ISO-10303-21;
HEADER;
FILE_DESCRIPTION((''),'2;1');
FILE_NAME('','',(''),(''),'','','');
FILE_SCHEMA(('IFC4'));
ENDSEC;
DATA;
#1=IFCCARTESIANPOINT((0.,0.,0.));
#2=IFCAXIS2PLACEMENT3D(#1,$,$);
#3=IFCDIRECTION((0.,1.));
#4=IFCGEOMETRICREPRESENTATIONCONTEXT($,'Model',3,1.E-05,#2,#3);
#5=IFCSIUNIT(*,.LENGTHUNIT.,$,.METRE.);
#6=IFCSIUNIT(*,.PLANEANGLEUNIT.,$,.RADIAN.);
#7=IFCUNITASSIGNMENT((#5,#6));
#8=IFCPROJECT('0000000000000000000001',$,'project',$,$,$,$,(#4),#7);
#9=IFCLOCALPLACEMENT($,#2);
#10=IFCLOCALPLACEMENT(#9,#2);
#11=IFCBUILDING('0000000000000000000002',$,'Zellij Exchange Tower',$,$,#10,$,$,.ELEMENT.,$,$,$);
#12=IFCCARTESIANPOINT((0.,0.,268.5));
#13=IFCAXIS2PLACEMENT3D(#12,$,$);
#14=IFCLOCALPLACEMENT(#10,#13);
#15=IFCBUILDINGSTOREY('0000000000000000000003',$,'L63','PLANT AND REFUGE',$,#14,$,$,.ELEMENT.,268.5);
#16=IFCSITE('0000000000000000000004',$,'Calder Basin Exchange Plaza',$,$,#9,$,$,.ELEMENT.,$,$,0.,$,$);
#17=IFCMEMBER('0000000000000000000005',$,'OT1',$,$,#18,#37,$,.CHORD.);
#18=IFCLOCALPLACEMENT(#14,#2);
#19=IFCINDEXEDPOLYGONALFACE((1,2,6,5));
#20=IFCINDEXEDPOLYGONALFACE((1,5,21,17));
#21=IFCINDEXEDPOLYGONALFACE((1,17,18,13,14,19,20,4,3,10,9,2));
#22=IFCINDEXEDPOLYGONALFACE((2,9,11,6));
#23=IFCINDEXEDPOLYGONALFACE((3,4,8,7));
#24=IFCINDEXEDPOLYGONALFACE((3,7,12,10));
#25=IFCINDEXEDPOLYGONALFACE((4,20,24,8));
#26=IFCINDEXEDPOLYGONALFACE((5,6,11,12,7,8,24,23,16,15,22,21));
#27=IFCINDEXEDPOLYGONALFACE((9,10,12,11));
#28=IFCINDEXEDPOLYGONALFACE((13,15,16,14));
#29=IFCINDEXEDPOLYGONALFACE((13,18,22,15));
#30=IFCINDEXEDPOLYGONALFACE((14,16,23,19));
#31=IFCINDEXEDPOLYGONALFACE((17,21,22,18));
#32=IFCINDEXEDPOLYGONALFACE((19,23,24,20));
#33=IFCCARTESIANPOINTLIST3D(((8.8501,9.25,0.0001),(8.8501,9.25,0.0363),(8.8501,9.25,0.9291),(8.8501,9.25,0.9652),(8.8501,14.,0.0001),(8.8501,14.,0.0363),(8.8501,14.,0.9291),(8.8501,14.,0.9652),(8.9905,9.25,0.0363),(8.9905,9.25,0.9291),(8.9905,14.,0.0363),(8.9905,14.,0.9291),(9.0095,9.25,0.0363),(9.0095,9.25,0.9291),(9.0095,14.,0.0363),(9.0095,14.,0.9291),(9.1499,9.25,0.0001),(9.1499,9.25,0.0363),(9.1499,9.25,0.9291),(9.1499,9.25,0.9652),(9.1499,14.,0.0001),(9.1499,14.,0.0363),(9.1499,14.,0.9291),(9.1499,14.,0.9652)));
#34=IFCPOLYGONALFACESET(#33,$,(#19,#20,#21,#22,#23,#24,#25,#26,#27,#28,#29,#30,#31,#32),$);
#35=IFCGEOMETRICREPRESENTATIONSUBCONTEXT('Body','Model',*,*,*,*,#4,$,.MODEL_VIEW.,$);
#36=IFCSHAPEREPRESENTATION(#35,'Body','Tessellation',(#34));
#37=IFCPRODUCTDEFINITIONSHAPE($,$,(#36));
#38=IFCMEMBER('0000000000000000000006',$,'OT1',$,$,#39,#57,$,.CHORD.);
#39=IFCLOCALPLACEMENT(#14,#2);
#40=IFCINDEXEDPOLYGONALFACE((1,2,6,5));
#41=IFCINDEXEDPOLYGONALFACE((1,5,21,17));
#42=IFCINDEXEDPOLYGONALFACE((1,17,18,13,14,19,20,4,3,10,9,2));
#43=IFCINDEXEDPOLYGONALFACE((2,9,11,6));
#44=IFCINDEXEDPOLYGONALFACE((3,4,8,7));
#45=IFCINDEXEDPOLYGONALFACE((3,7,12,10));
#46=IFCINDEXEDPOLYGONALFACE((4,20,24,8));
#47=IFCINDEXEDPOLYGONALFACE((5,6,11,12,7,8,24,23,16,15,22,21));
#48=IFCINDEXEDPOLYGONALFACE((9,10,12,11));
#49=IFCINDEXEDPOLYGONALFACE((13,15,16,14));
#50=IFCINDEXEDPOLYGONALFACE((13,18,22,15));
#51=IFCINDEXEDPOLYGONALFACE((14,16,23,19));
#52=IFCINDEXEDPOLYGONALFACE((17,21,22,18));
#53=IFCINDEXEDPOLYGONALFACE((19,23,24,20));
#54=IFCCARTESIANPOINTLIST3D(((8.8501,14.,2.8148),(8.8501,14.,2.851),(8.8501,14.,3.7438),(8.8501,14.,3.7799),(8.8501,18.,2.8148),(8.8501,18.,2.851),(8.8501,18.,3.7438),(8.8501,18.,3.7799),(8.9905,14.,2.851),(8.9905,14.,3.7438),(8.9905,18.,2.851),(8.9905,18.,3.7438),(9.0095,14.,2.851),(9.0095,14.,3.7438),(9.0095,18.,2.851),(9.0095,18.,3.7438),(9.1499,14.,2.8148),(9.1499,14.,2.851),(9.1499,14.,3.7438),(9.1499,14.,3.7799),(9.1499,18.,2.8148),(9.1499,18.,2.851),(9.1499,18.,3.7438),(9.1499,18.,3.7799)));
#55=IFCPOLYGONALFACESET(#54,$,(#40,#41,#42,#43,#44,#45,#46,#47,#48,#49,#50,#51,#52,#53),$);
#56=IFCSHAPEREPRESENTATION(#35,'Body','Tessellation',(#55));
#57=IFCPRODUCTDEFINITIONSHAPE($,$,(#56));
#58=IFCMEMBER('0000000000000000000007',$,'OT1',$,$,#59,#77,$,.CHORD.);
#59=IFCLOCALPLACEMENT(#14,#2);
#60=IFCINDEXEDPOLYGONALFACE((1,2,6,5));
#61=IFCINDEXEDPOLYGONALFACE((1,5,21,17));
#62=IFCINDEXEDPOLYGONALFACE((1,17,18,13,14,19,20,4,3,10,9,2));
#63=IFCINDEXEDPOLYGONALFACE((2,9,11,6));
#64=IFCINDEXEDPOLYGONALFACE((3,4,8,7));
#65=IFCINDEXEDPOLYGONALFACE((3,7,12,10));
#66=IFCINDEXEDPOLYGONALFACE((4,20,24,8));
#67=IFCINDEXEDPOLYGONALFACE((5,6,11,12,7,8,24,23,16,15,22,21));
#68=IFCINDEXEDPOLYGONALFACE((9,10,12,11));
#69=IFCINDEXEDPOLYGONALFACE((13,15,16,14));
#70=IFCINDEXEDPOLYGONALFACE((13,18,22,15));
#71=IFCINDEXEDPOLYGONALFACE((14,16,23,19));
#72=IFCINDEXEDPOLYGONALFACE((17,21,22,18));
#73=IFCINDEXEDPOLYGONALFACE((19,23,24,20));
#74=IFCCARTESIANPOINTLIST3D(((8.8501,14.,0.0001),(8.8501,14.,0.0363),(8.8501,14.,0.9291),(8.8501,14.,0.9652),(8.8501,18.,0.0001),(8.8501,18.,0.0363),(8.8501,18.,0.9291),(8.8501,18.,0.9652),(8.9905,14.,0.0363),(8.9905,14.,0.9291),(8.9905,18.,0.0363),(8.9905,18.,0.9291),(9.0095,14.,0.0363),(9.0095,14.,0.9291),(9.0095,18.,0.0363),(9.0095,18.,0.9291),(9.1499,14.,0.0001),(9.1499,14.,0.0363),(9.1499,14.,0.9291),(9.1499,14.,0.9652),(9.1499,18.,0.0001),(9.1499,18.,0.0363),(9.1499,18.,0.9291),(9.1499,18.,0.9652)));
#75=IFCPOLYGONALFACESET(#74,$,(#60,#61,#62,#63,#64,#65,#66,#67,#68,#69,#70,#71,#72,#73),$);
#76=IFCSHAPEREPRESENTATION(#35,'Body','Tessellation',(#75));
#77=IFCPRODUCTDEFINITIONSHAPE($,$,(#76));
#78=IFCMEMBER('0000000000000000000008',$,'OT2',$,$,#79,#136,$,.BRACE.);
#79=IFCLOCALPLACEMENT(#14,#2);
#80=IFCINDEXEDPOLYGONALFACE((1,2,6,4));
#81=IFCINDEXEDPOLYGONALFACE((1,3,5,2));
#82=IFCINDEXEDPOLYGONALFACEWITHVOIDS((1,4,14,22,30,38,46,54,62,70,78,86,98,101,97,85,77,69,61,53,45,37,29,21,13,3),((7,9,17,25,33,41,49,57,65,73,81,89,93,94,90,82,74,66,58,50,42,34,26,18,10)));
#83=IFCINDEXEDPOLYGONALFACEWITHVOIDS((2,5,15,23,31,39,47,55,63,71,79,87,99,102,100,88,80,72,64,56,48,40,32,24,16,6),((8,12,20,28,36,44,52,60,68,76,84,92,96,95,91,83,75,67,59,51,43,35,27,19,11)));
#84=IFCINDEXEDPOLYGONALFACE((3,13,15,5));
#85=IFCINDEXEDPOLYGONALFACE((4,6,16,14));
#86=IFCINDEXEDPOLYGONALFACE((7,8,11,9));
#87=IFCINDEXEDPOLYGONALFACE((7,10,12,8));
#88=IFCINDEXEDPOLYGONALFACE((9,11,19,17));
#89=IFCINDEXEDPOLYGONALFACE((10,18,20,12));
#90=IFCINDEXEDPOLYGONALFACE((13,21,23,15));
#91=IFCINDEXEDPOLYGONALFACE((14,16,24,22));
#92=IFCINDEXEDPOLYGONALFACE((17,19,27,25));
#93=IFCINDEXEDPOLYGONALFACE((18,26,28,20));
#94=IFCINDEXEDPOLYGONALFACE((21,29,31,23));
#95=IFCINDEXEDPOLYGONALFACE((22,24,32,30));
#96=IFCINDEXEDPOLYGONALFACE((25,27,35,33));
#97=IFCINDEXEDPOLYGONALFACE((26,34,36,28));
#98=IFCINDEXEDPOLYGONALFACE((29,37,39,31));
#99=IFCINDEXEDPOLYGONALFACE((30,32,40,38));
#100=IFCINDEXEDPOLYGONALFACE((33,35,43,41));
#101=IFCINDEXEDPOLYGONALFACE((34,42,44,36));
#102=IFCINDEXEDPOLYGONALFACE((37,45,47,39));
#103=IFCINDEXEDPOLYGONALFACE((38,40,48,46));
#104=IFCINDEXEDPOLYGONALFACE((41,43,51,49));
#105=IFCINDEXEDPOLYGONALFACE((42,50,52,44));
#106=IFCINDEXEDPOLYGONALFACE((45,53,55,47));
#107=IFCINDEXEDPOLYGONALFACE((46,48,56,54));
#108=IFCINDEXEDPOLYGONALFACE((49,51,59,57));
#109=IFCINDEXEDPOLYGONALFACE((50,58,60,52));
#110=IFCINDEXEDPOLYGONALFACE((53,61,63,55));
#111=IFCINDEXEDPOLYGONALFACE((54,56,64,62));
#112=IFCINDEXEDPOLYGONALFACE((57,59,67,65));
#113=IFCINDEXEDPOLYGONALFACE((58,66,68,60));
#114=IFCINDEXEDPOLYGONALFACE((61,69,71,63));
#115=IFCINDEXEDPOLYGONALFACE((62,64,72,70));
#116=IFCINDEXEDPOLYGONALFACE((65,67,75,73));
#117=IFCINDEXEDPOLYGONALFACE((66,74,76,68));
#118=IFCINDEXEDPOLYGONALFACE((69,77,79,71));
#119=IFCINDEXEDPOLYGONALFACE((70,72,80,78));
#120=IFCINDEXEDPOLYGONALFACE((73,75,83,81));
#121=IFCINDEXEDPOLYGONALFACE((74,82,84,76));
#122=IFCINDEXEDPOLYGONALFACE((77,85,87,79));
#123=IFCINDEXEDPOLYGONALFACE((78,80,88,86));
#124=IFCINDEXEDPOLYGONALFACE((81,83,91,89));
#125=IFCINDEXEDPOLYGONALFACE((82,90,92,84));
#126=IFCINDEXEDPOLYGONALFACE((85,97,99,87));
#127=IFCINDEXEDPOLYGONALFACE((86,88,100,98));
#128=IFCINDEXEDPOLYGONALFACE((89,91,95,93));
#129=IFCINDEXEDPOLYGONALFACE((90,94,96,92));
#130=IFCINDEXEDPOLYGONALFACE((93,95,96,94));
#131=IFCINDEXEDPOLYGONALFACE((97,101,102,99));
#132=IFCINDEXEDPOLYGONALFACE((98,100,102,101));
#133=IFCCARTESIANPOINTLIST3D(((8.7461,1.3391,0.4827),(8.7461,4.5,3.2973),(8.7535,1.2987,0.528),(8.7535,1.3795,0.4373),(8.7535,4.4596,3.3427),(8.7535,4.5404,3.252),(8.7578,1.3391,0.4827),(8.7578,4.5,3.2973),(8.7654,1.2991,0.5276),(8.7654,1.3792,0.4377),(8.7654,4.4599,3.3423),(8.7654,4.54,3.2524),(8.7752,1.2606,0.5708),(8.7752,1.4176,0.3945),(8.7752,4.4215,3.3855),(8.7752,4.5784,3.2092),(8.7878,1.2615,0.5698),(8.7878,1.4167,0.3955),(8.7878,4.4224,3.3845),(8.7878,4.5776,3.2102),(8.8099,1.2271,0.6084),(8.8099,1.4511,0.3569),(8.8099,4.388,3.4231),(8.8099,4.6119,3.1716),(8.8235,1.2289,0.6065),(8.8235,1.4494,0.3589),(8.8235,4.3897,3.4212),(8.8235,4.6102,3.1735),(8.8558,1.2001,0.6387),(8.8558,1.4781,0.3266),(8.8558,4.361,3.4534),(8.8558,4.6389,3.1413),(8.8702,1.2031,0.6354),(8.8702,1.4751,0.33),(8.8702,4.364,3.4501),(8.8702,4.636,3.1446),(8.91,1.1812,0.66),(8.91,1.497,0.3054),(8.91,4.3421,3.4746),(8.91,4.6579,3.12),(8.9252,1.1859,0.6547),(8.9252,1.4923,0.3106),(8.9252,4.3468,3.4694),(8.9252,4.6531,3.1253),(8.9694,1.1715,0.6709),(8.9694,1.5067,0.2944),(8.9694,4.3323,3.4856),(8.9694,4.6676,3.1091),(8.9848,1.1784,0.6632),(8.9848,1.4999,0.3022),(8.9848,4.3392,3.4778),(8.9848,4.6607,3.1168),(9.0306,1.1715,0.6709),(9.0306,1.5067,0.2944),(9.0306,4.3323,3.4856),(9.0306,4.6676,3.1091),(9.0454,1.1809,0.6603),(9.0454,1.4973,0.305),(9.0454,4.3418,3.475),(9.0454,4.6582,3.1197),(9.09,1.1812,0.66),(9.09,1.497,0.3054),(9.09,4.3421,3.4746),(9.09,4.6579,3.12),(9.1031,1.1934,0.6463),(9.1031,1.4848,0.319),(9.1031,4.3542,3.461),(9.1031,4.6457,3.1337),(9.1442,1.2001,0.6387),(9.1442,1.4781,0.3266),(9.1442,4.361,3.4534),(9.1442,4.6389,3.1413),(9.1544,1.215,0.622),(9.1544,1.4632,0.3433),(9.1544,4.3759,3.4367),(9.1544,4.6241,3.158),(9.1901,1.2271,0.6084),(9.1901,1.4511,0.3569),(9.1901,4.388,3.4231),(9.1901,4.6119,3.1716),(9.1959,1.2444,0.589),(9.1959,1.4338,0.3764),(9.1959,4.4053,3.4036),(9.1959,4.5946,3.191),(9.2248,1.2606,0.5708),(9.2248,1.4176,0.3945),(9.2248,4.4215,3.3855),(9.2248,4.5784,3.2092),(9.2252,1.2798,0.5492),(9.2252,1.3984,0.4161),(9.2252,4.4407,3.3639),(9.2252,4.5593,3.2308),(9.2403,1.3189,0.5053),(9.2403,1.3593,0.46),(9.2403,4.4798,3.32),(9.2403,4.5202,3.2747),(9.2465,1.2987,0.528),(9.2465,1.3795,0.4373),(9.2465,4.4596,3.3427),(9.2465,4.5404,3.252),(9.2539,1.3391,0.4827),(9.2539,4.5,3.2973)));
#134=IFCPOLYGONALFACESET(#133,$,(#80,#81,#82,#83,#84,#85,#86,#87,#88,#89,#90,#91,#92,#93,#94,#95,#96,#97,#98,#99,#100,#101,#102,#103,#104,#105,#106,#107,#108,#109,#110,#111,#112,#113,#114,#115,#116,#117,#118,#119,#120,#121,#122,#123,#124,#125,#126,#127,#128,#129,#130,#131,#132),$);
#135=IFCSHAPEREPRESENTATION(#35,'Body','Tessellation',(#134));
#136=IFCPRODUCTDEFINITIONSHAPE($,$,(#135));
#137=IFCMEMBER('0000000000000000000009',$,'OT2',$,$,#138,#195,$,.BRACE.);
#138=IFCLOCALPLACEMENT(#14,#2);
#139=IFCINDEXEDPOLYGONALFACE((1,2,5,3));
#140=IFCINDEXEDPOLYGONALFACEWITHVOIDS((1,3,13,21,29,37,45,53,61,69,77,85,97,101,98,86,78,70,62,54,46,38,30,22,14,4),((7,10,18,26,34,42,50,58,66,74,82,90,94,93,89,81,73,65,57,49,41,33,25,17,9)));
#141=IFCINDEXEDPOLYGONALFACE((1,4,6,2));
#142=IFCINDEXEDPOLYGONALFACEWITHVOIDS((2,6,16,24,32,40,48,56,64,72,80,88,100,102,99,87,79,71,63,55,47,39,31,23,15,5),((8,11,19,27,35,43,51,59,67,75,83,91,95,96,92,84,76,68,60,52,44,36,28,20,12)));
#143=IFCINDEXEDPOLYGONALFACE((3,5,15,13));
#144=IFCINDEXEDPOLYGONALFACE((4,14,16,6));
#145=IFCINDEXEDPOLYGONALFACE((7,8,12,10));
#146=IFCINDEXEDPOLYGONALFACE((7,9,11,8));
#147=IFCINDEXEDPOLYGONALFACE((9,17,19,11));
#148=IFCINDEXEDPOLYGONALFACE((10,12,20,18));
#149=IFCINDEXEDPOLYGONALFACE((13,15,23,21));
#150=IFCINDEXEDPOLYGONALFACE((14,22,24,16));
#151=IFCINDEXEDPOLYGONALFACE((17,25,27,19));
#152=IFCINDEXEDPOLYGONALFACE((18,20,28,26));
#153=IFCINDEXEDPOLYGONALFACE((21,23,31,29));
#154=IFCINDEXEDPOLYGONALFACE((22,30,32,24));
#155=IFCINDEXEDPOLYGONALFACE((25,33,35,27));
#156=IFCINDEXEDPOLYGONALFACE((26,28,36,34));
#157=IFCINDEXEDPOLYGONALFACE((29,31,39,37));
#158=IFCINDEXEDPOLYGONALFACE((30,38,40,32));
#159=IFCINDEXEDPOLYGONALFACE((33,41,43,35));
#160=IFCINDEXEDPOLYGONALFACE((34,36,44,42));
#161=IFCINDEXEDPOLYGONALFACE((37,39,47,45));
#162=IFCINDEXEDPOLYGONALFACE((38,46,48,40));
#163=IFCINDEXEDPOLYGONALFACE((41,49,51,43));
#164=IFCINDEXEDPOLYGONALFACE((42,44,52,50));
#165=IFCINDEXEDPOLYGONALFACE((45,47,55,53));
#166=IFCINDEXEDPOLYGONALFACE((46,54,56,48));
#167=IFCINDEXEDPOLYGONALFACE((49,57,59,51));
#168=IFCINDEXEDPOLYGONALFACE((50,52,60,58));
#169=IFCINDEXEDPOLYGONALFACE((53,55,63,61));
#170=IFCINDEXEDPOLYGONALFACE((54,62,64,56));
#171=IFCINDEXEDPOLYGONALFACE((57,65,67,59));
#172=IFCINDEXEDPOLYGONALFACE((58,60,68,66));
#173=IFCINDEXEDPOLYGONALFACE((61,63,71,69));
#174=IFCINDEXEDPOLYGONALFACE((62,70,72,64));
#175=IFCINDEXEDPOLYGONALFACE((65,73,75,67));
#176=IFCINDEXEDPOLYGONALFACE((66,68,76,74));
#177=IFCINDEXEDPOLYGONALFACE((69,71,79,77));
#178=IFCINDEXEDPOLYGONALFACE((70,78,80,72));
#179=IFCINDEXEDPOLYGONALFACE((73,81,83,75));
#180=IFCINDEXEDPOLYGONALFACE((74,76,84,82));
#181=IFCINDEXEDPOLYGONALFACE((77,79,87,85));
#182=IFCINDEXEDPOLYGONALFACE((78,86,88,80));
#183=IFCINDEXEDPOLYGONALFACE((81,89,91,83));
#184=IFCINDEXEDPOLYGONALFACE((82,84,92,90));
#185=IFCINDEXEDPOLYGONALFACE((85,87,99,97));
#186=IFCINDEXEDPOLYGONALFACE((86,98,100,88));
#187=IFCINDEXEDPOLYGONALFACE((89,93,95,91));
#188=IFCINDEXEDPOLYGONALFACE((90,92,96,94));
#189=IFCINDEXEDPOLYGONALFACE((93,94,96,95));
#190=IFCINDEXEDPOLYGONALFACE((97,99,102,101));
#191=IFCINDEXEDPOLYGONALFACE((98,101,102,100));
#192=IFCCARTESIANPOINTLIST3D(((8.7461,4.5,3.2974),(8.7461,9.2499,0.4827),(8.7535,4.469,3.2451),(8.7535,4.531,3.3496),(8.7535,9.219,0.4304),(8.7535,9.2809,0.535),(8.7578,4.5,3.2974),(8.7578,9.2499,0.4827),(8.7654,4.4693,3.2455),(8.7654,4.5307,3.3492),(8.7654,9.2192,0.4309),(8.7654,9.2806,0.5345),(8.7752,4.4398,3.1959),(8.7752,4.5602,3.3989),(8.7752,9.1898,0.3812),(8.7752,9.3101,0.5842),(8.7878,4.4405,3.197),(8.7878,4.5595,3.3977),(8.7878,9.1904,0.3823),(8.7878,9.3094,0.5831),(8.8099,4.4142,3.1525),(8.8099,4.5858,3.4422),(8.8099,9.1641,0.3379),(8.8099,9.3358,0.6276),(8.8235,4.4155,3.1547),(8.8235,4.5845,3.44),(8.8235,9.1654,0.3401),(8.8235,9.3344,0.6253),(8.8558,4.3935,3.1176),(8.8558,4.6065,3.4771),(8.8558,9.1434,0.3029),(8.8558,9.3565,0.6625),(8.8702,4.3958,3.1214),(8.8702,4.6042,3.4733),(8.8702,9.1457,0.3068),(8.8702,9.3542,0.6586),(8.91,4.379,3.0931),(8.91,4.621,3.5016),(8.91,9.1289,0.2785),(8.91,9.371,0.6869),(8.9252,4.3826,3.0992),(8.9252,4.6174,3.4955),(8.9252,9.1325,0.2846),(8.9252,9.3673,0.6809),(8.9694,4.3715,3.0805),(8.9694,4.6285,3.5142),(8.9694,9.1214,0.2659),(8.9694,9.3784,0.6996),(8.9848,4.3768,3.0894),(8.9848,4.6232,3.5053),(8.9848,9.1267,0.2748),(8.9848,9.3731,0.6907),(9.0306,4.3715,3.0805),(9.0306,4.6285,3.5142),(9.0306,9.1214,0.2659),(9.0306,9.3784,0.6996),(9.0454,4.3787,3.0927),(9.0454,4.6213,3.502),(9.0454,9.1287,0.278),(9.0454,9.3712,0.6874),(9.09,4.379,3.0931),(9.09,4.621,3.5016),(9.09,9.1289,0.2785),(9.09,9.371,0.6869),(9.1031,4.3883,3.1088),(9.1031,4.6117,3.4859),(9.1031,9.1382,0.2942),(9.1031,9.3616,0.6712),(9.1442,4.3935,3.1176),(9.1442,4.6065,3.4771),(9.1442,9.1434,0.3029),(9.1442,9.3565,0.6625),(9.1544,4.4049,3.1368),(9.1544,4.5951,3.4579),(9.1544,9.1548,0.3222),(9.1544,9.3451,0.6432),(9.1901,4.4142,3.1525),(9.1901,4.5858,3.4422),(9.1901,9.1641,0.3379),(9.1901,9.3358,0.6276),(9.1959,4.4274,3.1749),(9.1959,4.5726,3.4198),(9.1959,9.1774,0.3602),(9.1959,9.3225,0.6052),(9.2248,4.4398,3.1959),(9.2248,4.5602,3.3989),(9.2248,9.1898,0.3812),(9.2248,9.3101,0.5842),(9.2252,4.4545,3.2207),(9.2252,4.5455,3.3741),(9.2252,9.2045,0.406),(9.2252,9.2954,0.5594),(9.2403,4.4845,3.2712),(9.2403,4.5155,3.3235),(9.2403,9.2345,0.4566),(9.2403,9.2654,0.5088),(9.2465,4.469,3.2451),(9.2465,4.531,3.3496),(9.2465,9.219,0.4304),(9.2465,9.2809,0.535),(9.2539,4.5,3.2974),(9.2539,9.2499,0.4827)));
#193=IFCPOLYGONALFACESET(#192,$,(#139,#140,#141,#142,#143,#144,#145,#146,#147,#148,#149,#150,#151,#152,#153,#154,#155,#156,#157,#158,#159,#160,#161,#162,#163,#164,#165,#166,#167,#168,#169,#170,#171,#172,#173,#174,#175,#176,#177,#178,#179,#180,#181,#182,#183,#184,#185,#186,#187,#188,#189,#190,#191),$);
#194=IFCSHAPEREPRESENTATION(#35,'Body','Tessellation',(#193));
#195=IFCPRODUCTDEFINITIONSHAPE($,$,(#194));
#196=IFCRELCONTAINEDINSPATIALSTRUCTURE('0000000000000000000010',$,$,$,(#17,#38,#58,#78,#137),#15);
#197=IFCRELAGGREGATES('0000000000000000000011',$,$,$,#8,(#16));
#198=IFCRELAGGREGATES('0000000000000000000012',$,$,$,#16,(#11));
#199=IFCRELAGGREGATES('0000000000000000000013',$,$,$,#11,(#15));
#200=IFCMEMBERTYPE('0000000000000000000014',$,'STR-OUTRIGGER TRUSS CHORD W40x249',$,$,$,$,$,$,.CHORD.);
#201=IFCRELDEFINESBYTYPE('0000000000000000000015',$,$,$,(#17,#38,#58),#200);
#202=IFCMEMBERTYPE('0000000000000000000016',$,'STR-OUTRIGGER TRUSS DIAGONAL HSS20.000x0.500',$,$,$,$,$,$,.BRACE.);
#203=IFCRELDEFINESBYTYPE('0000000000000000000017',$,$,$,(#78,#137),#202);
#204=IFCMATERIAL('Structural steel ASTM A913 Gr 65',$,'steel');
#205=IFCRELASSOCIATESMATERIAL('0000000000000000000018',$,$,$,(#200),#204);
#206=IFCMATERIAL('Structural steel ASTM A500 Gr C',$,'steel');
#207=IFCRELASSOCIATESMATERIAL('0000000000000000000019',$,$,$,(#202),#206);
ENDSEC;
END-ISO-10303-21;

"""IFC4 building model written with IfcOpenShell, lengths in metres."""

from ifc_helpers import new_model, si_unit, direction, frame, origin, origin_2d, place, context, subcontext, project, spatial, hollow_circle, i_section, extrude, material, material_profile, profile_set, type_object, element, save


model = new_model("IFC4")

# Units and contexts
model_context = context("Model", 3, precision=1e-05, world=origin(), true_north=direction((0.0, 1.0)))
body_context = subcontext(model_context, "Body", "Model", "MODEL_VIEW")
ifc_project = project(units=[si_unit("LENGTHUNIT", "METRE"), si_unit("PLANEANGLEUNIT", "RADIAN")], contexts=[model_context])

# Site, building, storey
site_placement = place(None, origin())
site = spatial("IfcSite", under=ifc_project, at=site_placement, Name="Calder Basin Exchange Plaza", CompositionType="ELEMENT", RefElevation=0.0)
building_placement = place(site_placement, origin())
building = spatial("IfcBuilding", under=site, at=building_placement, Name="Zellij Exchange Tower", CompositionType="ELEMENT")
storey_placement = place(building_placement, frame((0.0, 0.0, 268.5)))
storey = spatial("IfcBuildingStorey", under=building, at=storey_placement, Name="L63", Description="PLANT AND REFUGE", CompositionType="ELEMENT", Elevation=268.5)

# Members
ifc_material_1 = material(Name="Structural steel ASTM A913 Gr 65", Category="steel")
ifc_material_profile_1 = material_profile(ifc_material_1, i_section(OverallWidth=0.2998, OverallDepth=0.9651, WebThickness=0.019, FlangeThickness=0.0361, at=origin_2d()), Name="W40x249")
ifc_profile_set_1 = profile_set([ifc_material_profile_1], Name="Structural steel ASTM A913 Gr 65")
member_type_1 = type_object("IfcMemberType", Name="STR-OUTRIGGER TRUSS CHORD W40x249", PredefinedType="CHORD", material=ifc_profile_set_1)
for number, where, z_axis, x_axis, name in (
    (1, (9.0, 9.25, 0.4827), (0.0, 1.0, 0.0), (-1.0, 0.0, 0.0), "OT1"),
):
    element("IfcMember", number, at=place(storey_placement, frame(where, z_axis=z_axis, x_axis=x_axis)), inside=storey, type_object=member_type_1, Name=name, PredefinedType="CHORD", context=body_context, shape_type="SweptSolid", body=[
        extrude(i_section(OverallWidth=0.2998, OverallDepth=0.9651, WebThickness=0.019, FlangeThickness=0.0361, at=origin_2d()), origin(), (0.0, 0.0, 1.0), 4.75),
    ])
for number, where, z_axis, x_axis, name in (
    (2, (9.0, 14.0, 3.2974), (0.0, 1.0, 0.0), (-1.0, 0.0, 0.0), "OT1"),
    (3, (9.0, 14.0, 0.4827), (0.0, 1.0, 0.0), (-1.0, 0.0, 0.0), "OT1"),
):
    element("IfcMember", number, at=place(storey_placement, frame(where, z_axis=z_axis, x_axis=x_axis)), inside=storey, type_object=member_type_1, Name=name, PredefinedType="CHORD", context=body_context, shape_type="SweptSolid", body=[
        extrude(i_section(OverallWidth=0.2998, OverallDepth=0.9651, WebThickness=0.019, FlangeThickness=0.0361, at=origin_2d()), origin(), (0.0, 0.0, 1.0), 4.0),
    ])
ifc_material_2 = material(Name="Structural steel ASTM A500 Gr C", Category="steel")
ifc_material_profile_2 = material_profile(ifc_material_2, hollow_circle(Radius=0.2539, WallThickness=0.0117, at=origin_2d()), Name="STR-OUTRIGGER TRUSS DIAGONAL HSS20.000x0.500")
ifc_profile_set_2 = profile_set([ifc_material_profile_2], Name="Structural steel ASTM A500 Gr C")
member_type_2 = type_object("IfcMemberType", Name="STR-OUTRIGGER TRUSS DIAGONAL HSS20.000x0.500", PredefinedType="BRACE", material=ifc_profile_set_2)
member_placement = place(storey_placement, frame((9.0, 1.3391, 0.4827), z_axis=(0.0, 0.74682, 0.665026), x_axis=(-1.0, 0.0, 0.0)))
element("IfcMember", 4, at=member_placement, inside=storey, type_object=member_type_2, Name="OT2", PredefinedType="BRACE", context=body_context, shape_type="SweptSolid", body=[
    extrude(hollow_circle(Radius=0.2539, WallThickness=0.0117, at=origin_2d()), origin(), (0.0, 0.0, 1.0), 4.2324),
])
for number, where, z_axis, x_axis, name in (
    (5, (9.0, 4.5, 3.2974), (0.0, 0.860301, -0.509787), (-1.0, 0.0, 0.0), "OT2"),
):
    element("IfcMember", number, at=place(storey_placement, frame(where, z_axis=z_axis, x_axis=x_axis)), inside=storey, type_object=member_type_2, Name=name, PredefinedType="BRACE", context=body_context, shape_type="SweptSolid", body=[
        extrude(hollow_circle(Radius=0.2539, WallThickness=0.0117, at=origin_2d()), origin(), (0.0, 0.0, 1.0), 5.5212),
    ])

save(model, "model.ifc")
